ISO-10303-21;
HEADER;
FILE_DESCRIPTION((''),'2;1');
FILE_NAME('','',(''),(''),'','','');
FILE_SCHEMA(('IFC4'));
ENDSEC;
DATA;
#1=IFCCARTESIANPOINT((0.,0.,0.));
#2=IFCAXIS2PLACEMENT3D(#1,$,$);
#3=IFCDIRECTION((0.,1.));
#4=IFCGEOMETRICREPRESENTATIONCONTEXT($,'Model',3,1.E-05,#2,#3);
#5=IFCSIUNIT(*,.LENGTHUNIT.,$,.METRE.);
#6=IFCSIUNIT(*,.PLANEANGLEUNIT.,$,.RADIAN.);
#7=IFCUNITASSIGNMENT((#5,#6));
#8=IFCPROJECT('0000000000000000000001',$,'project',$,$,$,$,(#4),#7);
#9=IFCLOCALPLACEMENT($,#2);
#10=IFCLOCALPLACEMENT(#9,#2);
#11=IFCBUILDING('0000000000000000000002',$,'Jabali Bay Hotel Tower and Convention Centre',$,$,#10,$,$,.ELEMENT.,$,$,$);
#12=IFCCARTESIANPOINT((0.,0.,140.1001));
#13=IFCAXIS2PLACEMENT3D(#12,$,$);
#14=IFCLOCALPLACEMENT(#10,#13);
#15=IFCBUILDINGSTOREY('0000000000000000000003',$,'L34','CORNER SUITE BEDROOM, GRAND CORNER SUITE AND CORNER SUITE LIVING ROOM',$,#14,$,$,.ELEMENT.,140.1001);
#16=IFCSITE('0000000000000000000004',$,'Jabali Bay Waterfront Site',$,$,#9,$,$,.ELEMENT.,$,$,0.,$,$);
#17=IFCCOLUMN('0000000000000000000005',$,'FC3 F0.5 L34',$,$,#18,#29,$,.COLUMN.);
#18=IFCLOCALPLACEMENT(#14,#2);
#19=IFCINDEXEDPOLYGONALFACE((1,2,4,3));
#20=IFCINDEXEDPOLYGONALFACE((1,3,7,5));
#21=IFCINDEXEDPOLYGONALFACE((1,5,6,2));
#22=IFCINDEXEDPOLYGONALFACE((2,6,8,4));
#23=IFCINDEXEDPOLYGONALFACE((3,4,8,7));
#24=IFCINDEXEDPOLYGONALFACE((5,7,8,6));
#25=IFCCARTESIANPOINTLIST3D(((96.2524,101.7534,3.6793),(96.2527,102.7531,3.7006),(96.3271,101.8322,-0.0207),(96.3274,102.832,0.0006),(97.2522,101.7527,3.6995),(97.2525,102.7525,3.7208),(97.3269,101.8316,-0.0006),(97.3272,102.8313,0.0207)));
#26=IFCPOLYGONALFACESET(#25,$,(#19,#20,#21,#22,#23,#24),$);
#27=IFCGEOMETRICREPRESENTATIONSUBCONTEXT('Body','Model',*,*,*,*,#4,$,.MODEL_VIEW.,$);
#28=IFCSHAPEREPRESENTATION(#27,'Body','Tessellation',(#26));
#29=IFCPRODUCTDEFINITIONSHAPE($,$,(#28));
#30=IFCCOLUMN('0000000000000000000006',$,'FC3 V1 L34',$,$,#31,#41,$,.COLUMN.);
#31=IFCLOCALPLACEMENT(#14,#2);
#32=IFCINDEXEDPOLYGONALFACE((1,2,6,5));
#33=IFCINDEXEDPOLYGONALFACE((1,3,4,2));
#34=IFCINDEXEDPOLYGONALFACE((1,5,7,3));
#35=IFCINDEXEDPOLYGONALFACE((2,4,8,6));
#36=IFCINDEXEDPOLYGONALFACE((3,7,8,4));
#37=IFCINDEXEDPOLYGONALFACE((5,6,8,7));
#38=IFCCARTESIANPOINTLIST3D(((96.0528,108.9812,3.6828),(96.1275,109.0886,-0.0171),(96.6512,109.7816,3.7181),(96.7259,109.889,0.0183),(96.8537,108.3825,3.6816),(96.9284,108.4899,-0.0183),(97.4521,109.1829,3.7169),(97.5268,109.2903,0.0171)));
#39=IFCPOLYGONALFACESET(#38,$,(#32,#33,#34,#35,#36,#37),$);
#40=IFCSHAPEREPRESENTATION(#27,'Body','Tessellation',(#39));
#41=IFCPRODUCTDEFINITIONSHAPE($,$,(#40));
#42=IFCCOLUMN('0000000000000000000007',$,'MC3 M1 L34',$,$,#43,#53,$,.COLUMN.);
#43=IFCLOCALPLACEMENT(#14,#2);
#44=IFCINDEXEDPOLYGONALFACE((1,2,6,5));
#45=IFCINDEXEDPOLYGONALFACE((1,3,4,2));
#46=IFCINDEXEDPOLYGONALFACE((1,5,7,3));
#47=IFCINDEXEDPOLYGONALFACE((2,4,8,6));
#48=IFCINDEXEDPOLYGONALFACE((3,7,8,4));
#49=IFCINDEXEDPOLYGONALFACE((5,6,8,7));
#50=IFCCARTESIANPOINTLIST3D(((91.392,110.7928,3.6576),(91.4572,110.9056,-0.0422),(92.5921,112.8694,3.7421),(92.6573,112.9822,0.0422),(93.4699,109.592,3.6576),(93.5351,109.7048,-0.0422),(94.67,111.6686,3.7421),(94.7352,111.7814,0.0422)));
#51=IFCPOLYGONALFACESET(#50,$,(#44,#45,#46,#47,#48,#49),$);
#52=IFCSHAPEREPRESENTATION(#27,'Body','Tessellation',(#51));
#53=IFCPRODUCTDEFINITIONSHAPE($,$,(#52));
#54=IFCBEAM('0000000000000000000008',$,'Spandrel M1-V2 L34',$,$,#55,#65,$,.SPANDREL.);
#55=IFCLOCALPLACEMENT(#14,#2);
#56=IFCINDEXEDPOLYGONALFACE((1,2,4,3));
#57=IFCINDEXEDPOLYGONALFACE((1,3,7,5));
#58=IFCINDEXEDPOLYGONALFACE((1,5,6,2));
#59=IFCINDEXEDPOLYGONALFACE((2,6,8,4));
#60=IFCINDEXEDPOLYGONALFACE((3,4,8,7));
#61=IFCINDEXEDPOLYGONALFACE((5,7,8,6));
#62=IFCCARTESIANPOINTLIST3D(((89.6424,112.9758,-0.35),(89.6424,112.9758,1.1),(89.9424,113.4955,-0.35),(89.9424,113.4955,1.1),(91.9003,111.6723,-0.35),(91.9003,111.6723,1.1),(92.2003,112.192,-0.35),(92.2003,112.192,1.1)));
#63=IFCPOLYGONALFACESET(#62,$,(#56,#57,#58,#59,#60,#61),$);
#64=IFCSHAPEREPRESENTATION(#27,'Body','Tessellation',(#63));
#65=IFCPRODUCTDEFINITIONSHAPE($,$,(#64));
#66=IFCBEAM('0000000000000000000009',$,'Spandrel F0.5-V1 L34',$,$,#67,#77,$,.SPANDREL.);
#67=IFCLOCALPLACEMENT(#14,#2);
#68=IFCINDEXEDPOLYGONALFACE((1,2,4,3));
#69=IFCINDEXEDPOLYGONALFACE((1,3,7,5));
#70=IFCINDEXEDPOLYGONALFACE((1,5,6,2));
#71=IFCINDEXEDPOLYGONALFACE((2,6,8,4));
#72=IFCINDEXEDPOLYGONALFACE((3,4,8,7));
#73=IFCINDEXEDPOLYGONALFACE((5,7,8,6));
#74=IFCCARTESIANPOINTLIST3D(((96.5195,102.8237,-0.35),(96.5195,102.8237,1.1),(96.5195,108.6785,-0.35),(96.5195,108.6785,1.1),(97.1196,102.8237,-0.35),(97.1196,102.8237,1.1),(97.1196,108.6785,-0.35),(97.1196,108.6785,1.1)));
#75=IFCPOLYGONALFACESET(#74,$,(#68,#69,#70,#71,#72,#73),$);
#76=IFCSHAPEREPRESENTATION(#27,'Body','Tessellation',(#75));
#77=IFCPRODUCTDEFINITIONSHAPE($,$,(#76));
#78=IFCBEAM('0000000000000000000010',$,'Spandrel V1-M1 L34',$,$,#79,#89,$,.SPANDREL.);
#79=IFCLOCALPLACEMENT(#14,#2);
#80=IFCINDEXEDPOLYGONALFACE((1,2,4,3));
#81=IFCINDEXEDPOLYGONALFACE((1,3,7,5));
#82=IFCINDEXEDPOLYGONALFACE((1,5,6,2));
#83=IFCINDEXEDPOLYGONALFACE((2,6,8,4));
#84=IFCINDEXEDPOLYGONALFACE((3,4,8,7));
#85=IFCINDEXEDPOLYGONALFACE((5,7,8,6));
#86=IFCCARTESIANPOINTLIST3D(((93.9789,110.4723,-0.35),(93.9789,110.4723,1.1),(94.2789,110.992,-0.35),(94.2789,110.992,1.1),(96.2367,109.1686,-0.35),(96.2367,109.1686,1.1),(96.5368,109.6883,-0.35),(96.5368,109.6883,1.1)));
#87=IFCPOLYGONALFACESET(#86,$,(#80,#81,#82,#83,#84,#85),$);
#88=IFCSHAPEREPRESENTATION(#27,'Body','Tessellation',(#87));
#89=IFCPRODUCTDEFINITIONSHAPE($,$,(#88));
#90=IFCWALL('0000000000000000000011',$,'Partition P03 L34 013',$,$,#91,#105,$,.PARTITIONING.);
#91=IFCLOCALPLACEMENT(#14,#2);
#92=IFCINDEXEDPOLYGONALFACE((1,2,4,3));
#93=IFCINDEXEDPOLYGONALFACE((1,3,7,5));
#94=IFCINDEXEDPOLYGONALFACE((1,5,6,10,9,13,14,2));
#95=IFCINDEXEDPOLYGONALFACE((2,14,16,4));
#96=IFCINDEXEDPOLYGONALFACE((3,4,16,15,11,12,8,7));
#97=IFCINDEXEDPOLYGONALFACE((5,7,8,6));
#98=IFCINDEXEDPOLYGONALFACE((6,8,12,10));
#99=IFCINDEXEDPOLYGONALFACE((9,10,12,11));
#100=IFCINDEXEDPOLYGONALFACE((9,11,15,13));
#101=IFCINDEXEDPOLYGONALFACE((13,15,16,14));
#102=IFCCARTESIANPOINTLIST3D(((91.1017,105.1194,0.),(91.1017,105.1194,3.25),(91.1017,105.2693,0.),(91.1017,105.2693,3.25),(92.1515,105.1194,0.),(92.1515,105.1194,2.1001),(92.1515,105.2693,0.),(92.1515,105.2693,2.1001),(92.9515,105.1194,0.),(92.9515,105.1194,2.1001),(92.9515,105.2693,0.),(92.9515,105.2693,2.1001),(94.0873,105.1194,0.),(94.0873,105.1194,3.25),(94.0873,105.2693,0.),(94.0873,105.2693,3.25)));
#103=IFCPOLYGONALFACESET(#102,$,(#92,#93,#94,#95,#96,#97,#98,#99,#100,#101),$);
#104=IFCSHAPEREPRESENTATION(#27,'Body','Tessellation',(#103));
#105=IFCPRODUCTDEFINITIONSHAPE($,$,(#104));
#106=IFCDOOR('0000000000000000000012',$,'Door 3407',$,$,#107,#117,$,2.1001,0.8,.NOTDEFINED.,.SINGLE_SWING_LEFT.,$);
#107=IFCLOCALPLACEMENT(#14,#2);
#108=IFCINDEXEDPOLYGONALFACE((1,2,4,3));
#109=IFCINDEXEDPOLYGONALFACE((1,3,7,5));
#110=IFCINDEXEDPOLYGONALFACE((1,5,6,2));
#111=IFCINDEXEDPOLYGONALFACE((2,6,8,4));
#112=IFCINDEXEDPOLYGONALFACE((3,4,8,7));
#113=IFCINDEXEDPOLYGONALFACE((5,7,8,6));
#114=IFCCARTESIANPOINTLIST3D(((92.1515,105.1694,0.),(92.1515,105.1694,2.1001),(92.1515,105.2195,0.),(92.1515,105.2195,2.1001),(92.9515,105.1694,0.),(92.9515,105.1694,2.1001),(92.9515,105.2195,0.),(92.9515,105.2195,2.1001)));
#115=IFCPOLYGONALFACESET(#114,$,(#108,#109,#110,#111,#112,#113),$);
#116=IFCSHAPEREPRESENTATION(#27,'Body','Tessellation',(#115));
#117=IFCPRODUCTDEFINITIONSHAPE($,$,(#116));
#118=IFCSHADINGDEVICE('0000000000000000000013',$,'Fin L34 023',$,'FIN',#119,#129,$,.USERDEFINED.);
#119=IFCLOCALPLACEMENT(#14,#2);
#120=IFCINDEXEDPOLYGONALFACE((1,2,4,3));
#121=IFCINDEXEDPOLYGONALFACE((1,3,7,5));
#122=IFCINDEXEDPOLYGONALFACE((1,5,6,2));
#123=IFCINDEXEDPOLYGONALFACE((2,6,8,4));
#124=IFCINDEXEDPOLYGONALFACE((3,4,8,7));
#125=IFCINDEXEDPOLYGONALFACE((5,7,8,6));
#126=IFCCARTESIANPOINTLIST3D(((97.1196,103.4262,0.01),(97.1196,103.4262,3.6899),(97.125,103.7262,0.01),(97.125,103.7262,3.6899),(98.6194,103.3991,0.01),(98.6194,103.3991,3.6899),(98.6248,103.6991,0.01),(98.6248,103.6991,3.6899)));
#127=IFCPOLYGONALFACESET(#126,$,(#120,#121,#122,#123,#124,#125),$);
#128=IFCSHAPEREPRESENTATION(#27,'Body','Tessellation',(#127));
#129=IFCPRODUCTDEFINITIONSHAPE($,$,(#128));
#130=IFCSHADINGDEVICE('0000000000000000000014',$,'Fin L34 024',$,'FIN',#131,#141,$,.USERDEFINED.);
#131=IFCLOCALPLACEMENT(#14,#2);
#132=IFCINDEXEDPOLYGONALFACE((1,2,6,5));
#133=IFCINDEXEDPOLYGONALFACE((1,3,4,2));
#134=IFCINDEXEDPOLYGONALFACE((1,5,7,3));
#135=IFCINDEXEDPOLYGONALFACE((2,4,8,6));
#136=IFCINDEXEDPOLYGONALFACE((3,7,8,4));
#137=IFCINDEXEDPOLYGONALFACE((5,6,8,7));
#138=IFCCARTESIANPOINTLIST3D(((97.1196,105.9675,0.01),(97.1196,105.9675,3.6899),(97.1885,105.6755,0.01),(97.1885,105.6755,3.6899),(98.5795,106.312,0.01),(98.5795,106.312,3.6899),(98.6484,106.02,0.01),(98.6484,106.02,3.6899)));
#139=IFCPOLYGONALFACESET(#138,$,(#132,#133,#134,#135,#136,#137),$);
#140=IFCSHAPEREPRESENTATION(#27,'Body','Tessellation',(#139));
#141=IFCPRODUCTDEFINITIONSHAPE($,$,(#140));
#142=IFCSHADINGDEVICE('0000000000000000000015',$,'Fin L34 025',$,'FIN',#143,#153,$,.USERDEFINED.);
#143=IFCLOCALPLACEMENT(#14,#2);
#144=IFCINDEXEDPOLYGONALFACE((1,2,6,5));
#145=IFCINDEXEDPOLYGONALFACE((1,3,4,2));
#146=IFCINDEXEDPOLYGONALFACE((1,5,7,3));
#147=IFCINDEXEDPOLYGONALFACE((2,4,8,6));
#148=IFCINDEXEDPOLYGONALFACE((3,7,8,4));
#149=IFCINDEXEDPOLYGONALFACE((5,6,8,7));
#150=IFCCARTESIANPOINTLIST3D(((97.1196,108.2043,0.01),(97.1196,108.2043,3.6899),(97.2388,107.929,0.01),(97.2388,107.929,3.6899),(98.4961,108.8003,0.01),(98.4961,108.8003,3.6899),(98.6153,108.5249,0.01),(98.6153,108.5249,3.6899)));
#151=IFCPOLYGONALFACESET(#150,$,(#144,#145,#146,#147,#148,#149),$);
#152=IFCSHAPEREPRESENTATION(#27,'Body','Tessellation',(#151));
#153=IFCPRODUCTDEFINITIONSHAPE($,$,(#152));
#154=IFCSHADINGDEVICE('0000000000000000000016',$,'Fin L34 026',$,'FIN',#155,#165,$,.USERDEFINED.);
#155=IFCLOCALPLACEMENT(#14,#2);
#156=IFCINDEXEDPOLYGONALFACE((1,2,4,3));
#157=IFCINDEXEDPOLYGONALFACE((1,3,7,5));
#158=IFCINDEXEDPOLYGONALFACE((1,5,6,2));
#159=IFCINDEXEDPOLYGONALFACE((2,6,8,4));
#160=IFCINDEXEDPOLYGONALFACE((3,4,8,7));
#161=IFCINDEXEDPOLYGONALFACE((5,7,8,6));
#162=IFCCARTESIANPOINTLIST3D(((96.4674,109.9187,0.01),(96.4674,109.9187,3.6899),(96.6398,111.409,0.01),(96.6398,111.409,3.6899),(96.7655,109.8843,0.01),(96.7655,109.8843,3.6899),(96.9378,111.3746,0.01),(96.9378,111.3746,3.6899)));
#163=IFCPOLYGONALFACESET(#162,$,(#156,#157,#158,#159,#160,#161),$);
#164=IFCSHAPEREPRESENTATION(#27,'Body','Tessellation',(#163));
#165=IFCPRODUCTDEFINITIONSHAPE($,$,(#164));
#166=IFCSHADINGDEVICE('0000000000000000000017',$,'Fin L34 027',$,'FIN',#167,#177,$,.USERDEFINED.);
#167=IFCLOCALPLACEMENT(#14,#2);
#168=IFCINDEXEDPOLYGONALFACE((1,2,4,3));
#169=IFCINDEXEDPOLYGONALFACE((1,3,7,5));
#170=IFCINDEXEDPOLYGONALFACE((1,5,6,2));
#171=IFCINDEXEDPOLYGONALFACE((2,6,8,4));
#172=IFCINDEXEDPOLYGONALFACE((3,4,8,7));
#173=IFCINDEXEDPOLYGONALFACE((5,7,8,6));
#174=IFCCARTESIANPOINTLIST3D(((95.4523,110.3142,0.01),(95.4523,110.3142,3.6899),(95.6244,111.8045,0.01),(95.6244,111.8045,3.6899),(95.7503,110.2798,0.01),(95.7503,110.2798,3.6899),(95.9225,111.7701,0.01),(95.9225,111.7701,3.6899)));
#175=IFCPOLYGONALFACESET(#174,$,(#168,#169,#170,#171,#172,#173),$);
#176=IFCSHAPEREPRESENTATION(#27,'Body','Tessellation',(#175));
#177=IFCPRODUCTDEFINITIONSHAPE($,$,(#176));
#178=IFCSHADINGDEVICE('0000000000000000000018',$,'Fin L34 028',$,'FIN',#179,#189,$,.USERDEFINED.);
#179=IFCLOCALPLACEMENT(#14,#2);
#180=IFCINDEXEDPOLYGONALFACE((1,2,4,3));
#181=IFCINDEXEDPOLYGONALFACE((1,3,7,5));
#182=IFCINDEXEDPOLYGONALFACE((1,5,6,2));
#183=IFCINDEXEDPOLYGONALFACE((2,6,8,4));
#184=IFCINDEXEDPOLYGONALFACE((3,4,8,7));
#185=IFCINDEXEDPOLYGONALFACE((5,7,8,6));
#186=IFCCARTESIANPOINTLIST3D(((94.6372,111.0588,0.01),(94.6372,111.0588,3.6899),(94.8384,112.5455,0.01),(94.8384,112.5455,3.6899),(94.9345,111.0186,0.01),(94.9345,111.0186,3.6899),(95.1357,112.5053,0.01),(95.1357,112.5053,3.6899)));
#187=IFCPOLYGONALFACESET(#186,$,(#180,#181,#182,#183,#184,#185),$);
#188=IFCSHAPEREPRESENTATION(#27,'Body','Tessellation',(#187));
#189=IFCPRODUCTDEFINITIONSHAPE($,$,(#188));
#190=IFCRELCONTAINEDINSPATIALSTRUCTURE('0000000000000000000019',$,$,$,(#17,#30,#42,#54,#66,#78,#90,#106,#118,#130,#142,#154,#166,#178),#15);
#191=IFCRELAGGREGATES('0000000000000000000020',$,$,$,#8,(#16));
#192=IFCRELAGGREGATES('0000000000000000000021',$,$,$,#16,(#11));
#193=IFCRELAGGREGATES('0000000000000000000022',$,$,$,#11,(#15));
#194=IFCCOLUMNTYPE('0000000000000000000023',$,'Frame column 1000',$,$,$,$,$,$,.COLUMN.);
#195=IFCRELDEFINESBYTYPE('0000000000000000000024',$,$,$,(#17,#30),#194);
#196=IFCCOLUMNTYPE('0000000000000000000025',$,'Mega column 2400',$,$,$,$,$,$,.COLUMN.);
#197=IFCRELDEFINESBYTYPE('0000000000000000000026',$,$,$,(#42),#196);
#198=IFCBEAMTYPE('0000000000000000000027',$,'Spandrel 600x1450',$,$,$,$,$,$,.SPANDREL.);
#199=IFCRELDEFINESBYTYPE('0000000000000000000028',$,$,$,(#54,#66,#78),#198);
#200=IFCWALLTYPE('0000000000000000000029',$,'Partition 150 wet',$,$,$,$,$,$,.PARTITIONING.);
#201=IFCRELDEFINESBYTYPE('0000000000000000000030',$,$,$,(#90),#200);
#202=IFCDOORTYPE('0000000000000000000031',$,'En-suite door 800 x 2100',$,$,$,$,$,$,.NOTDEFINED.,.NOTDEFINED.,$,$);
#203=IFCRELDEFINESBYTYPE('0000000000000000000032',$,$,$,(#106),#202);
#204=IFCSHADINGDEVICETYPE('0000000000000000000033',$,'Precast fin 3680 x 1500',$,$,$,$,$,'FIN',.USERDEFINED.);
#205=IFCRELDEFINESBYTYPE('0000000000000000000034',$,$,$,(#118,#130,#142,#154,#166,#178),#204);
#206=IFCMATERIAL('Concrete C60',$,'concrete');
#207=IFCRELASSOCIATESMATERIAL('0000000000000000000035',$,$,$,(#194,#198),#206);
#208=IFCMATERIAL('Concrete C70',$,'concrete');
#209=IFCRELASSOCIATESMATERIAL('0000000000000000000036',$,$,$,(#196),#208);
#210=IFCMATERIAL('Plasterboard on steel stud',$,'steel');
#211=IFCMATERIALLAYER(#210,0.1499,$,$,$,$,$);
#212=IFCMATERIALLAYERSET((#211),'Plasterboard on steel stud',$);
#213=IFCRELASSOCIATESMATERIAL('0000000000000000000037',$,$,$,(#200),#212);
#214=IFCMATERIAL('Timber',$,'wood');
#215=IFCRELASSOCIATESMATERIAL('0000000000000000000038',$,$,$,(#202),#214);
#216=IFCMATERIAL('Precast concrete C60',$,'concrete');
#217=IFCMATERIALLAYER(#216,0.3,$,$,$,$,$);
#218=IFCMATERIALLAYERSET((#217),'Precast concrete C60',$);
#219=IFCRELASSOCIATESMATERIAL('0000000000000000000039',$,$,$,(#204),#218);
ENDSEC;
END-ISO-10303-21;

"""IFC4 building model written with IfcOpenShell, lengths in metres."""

from ifc_helpers import new_model, si_unit, direction, frame, frame_2d, origin, origin_2d, place, context, subcontext, project, spatial, rectangle, extrude, material, layer, layer_set, material_profile, profile_set, type_object, element, fill, save


model = new_model("IFC4")

# Units and contexts
model_context = context("Model", 3, precision=1e-05, world=origin(), true_north=direction((0.0, 1.0)))
body_context = subcontext(model_context, "Body", "Model", "MODEL_VIEW")
ifc_project = project(units=[si_unit("LENGTHUNIT", "METRE"), si_unit("PLANEANGLEUNIT", "RADIAN")], contexts=[model_context])

# Site, building, storey
site_placement = place(None, origin())
site = spatial("IfcSite", under=ifc_project, at=site_placement, Name="Jabali Bay Waterfront Site", CompositionType="ELEMENT", RefElevation=0.0)
building_placement = place(site_placement, origin())
building = spatial("IfcBuilding", under=site, at=building_placement, Name="Jabali Bay Hotel Tower and Convention Centre", CompositionType="ELEMENT")
storey_placement = place(building_placement, frame((0.0, 0.0, 140.1001)))
storey = spatial("IfcBuildingStorey", under=building, at=storey_placement, Name="L34", Description="CORNER SUITE BEDROOM, GRAND CORNER SUITE AND CORNER SUITE LIVING ROOM", CompositionType="ELEMENT", Elevation=140.1001)

# Columns
ifc_material_1 = material(Name="Concrete C60", Category="concrete")
ifc_material_profile_1 = material_profile(ifc_material_1, rectangle(XDim=1.0, YDim=1.0, at=origin_2d()), Name="Frame column 1000")
ifc_profile_set_1 = profile_set([ifc_material_profile_1], Name="Concrete C60")
column_type_1 = type_object("IfcColumnType", Name="Frame column 1000", PredefinedType="COLUMN", material=ifc_profile_set_1)
column_1_placement = place(storey_placement, frame((96.8271, 102.3318, 0.0), z_axis=(-0.020183, -0.021304, 0.999569), x_axis=(0.999796, -0.000658, 0.020173)))
element("IfcColumn", 1, at=column_1_placement, inside=storey, type_object=column_type_1, Name="FC3 F0.5 L34", PredefinedType="COLUMN", context=body_context, shape_type="SweptSolid", body=[
    extrude(rectangle(XDim=1.0, YDim=1.0, at=origin_2d()), origin(), (0.0, 0.0, 1.0), 3.7017),
])
column_2_placement = place(storey_placement, frame((96.8271, 109.1895, 0.0), z_axis=(-0.020179, -0.029015, 0.999375), x_axis=(0.598377, 0.800436, 0.035321)))
element("IfcColumn", 2, at=column_2_placement, inside=storey, type_object=column_type_1, Name="FC3 V1 L34", PredefinedType="COLUMN", context=body_context, shape_type="SweptSolid", body=[
    extrude(rectangle(XDim=1.0, YDim=1.0, at=origin_2d()), origin(), (0.0, 0.0, 1.0), 3.7021),
])
ifc_material_2 = material(Name="Concrete C70", Category="concrete")
ifc_material_profile_2 = material_profile(ifc_material_2, rectangle(XDim=2.3999, YDim=2.3999, at=origin_2d()), Name="Mega column 2400")
ifc_profile_set_2 = profile_set([ifc_material_profile_2], Name="Concrete C70")
column_type_2 = type_object("IfcColumnType", Name="Mega column 2400", PredefinedType="COLUMN", material=ifc_profile_set_2)
column_3_placement = place(storey_placement, frame((93.0962, 111.3435, 0.0), z_axis=(-0.017607, -0.030466, 0.999381), x_axis=(0.865811, -0.500371, 0.0)))
element("IfcColumn", 3, at=column_3_placement, inside=storey, type_object=column_type_2, Name="MC3 M1 L34", PredefinedType="COLUMN", context=body_context, shape_type="SweptSolid", body=[
    extrude(rectangle(XDim=2.3999, YDim=2.3999, at=origin_2d()), origin(), (0.0, 0.0, 1.0), 3.7021),
])

# Beams
ifc_material_profile_3 = material_profile(ifc_material_1, rectangle(XDim=0.6001, YDim=1.45, at=origin_2d()), Name="Spandrel 600x1450")
ifc_profile_set_3 = profile_set([ifc_material_profile_3], Name="Concrete C60")
beam_type = type_object("IfcBeamType", Name="Spandrel 600x1450", PredefinedType="SPANDREL", material=ifc_profile_set_3)
beam_1_placement = place(storey_placement, frame((92.0503, 111.9321, 0.375), z_axis=(-0.866039, 0.499976, 0.0), x_axis=(-0.499976, -0.866039, 0.0)))
element("IfcBeam", 4, at=beam_1_placement, inside=storey, type_object=beam_type, Name="Spandrel M1-V2 L34", PredefinedType="SPANDREL", context=body_context, shape_type="SweptSolid", body=[
    extrude(rectangle(XDim=0.6001, YDim=1.45, at=origin_2d()), origin(), (0.0, 0.0, 1.0), 2.6072),
])
beam_2_placement = place(storey_placement, frame((96.8196, 102.8237, 0.375), z_axis=(0.0, 1.0, 0.0), x_axis=(-1.0, 0.0, 0.0)))
element("IfcBeam", 5, at=beam_2_placement, inside=storey, type_object=beam_type, Name="Spandrel F0.5-V1 L34", PredefinedType="SPANDREL", context=body_context, shape_type="SweptSolid", body=[
    extrude(rectangle(XDim=0.6001, YDim=1.45, at=origin_2d()), origin(), (0.0, 0.0, 1.0), 5.8547),
])
beam_3_placement = place(storey_placement, frame((96.3867, 109.4285, 0.375), z_axis=(-0.865998, 0.500047, 0.0), x_axis=(-0.500047, -0.865998, 0.0)))
element("IfcBeam", 6, at=beam_3_placement, inside=storey, type_object=beam_type, Name="Spandrel V1-M1 L34", PredefinedType="SPANDREL", context=body_context, shape_type="SweptSolid", body=[
    extrude(rectangle(XDim=0.6001, YDim=1.45, at=origin_2d()), origin(), (0.0, 0.0, 1.0), 2.6072),
])

# Wall, opening, door
ifc_material_3 = material(Name="Plasterboard on steel stud", Category="steel")
ifc_layer_1 = layer(ifc_material_3, 0.1499)
ifc_layer_set_1 = layer_set([ifc_layer_1], Name="Plasterboard on steel stud")
wall_type_1 = type_object("IfcWallType", Name="Partition 150 wet", PredefinedType="PARTITIONING", material=ifc_layer_set_1)
wall_1_placement = place(storey_placement, frame((94.0872, 105.1943, 0.0), z_axis=(0.0, 0.0, 1.0), x_axis=(-1.0, 0.0, 0.0)))
wall_1 = element("IfcWall", 7, at=wall_1_placement, inside=storey, type_object=wall_type_1, Name="Partition P03 L34 013", PredefinedType="PARTITIONING", context=body_context, shape_type="SweptSolid", body=[
    extrude(rectangle(XDim=2.9856, YDim=0.1499, at=frame_2d((1.4927, 0.0))), origin(), (0.0, 0.0, 1.0), 3.25),
])
opening_1_placement = place(wall_1_placement, frame((1.1357, 0.0, 0.0)))
opening_1 = element("IfcOpeningElement", 8, at=opening_1_placement, cuts=wall_1, PredefinedType="OPENING", context=body_context, shape_type="SweptSolid", body=[
    extrude(rectangle(XDim=0.8, YDim=2.1001, at=frame_2d((0.3999, 1.05))), frame((0.0, 0.0854, 0.0), z_axis=(0.0, -1.0, 0.0), x_axis=(1.0, 0.0, 0.0)), (0.0, 0.0, 1.0), 0.1709),
])
ifc_material_4 = material(Name="Timber", Category="wood")
door_type_1 = type_object("IfcDoorType", Name="En-suite door 800 x 2100", OperationType="NOTDEFINED", PredefinedType="NOTDEFINED", material=ifc_material_4)
door_1_placement = place(opening_1_placement, origin())
door_1 = element("IfcDoor", 9, at=door_1_placement, inside=storey, type_object=door_type_1, Name="Door 3407", OperationType="SINGLE_SWING_LEFT", OverallHeight=2.1001, OverallWidth=0.8, PredefinedType="NOTDEFINED", context=body_context, shape_type="SweptSolid", body=[
    extrude(rectangle(XDim=0.8, YDim=2.1001, at=frame_2d((0.3999, 1.05))), frame((0.0, 0.0249, 0.0), z_axis=(0.0, -1.0, 0.0), x_axis=(1.0, 0.0, 0.0)), (0.0, 0.0, 1.0), 0.05),
])
fill(opening_1, door_1)

# Shading devices
ifc_material_5 = material(Name="Precast concrete C60", Category="concrete")
ifc_layer_2 = layer(ifc_material_5, 0.3)
ifc_layer_set_2 = layer_set([ifc_layer_2], Name="Precast concrete C60")
shading_device_type = type_object("IfcShadingDeviceType", Name="Precast fin 3680 x 1500", ElementType="FIN", PredefinedType="USERDEFINED", material=ifc_layer_set_2)
for number, where, z_axis, x_axis, name in (
    (10, (97.1223, 103.5762, 0.01), (0.0, 0.0, 1.0), (0.999837, -0.018066, 0.0), "Fin L34 023"),
    (11, (97.1541, 105.8215, 0.01), (0.0, 0.0, 1.0), (0.973274, 0.229647, 0.0), "Fin L34 024"),
    (12, (97.1792, 108.0667, 0.01), (0.0, 0.0, 1.0), (0.917682, 0.397315, 0.0), "Fin L34 025"),
):
    element("IfcShadingDevice", number, at=place(storey_placement, frame(where, z_axis=z_axis, x_axis=x_axis)), inside=storey, type_object=shading_device_type, Name=name, ObjectType="FIN", PredefinedType="USERDEFINED", context=body_context, shape_type="SweptSolid", body=[
        extrude(rectangle(XDim=1.5, YDim=0.3, at=frame_2d((0.75, 0.0))), origin(), (0.0, 0.0, 1.0), 3.6799),
    ])
for number, where, z_axis, x_axis, name in (
    (13, (96.6165, 109.9016, 0.01), (0.0, 0.0, 1.0), (0.114896, 0.993378, 0.0), "Fin L34 026"),
    (14, (95.6013, 110.2971, 0.01), (0.0, 0.0, 1.0), (0.114735, 0.993396, 0.0), "Fin L34 027"),
    (15, (94.7859, 111.0388, 0.01), (0.0, 0.0, 1.0), (0.134104, 0.990967, 0.0), "Fin L34 028"),
):
    element("IfcShadingDevice", number, at=place(storey_placement, frame(where, z_axis=z_axis, x_axis=x_axis)), inside=storey, type_object=shading_device_type, Name=name, ObjectType="FIN", PredefinedType="USERDEFINED", context=body_context, shape_type="SweptSolid", body=[
        extrude(rectangle(XDim=1.5002, YDim=0.3, at=frame_2d((0.75, 0.0))), origin(), (0.0, 0.0, 1.0), 3.6799),
    ])

save(model, "model.ifc")
